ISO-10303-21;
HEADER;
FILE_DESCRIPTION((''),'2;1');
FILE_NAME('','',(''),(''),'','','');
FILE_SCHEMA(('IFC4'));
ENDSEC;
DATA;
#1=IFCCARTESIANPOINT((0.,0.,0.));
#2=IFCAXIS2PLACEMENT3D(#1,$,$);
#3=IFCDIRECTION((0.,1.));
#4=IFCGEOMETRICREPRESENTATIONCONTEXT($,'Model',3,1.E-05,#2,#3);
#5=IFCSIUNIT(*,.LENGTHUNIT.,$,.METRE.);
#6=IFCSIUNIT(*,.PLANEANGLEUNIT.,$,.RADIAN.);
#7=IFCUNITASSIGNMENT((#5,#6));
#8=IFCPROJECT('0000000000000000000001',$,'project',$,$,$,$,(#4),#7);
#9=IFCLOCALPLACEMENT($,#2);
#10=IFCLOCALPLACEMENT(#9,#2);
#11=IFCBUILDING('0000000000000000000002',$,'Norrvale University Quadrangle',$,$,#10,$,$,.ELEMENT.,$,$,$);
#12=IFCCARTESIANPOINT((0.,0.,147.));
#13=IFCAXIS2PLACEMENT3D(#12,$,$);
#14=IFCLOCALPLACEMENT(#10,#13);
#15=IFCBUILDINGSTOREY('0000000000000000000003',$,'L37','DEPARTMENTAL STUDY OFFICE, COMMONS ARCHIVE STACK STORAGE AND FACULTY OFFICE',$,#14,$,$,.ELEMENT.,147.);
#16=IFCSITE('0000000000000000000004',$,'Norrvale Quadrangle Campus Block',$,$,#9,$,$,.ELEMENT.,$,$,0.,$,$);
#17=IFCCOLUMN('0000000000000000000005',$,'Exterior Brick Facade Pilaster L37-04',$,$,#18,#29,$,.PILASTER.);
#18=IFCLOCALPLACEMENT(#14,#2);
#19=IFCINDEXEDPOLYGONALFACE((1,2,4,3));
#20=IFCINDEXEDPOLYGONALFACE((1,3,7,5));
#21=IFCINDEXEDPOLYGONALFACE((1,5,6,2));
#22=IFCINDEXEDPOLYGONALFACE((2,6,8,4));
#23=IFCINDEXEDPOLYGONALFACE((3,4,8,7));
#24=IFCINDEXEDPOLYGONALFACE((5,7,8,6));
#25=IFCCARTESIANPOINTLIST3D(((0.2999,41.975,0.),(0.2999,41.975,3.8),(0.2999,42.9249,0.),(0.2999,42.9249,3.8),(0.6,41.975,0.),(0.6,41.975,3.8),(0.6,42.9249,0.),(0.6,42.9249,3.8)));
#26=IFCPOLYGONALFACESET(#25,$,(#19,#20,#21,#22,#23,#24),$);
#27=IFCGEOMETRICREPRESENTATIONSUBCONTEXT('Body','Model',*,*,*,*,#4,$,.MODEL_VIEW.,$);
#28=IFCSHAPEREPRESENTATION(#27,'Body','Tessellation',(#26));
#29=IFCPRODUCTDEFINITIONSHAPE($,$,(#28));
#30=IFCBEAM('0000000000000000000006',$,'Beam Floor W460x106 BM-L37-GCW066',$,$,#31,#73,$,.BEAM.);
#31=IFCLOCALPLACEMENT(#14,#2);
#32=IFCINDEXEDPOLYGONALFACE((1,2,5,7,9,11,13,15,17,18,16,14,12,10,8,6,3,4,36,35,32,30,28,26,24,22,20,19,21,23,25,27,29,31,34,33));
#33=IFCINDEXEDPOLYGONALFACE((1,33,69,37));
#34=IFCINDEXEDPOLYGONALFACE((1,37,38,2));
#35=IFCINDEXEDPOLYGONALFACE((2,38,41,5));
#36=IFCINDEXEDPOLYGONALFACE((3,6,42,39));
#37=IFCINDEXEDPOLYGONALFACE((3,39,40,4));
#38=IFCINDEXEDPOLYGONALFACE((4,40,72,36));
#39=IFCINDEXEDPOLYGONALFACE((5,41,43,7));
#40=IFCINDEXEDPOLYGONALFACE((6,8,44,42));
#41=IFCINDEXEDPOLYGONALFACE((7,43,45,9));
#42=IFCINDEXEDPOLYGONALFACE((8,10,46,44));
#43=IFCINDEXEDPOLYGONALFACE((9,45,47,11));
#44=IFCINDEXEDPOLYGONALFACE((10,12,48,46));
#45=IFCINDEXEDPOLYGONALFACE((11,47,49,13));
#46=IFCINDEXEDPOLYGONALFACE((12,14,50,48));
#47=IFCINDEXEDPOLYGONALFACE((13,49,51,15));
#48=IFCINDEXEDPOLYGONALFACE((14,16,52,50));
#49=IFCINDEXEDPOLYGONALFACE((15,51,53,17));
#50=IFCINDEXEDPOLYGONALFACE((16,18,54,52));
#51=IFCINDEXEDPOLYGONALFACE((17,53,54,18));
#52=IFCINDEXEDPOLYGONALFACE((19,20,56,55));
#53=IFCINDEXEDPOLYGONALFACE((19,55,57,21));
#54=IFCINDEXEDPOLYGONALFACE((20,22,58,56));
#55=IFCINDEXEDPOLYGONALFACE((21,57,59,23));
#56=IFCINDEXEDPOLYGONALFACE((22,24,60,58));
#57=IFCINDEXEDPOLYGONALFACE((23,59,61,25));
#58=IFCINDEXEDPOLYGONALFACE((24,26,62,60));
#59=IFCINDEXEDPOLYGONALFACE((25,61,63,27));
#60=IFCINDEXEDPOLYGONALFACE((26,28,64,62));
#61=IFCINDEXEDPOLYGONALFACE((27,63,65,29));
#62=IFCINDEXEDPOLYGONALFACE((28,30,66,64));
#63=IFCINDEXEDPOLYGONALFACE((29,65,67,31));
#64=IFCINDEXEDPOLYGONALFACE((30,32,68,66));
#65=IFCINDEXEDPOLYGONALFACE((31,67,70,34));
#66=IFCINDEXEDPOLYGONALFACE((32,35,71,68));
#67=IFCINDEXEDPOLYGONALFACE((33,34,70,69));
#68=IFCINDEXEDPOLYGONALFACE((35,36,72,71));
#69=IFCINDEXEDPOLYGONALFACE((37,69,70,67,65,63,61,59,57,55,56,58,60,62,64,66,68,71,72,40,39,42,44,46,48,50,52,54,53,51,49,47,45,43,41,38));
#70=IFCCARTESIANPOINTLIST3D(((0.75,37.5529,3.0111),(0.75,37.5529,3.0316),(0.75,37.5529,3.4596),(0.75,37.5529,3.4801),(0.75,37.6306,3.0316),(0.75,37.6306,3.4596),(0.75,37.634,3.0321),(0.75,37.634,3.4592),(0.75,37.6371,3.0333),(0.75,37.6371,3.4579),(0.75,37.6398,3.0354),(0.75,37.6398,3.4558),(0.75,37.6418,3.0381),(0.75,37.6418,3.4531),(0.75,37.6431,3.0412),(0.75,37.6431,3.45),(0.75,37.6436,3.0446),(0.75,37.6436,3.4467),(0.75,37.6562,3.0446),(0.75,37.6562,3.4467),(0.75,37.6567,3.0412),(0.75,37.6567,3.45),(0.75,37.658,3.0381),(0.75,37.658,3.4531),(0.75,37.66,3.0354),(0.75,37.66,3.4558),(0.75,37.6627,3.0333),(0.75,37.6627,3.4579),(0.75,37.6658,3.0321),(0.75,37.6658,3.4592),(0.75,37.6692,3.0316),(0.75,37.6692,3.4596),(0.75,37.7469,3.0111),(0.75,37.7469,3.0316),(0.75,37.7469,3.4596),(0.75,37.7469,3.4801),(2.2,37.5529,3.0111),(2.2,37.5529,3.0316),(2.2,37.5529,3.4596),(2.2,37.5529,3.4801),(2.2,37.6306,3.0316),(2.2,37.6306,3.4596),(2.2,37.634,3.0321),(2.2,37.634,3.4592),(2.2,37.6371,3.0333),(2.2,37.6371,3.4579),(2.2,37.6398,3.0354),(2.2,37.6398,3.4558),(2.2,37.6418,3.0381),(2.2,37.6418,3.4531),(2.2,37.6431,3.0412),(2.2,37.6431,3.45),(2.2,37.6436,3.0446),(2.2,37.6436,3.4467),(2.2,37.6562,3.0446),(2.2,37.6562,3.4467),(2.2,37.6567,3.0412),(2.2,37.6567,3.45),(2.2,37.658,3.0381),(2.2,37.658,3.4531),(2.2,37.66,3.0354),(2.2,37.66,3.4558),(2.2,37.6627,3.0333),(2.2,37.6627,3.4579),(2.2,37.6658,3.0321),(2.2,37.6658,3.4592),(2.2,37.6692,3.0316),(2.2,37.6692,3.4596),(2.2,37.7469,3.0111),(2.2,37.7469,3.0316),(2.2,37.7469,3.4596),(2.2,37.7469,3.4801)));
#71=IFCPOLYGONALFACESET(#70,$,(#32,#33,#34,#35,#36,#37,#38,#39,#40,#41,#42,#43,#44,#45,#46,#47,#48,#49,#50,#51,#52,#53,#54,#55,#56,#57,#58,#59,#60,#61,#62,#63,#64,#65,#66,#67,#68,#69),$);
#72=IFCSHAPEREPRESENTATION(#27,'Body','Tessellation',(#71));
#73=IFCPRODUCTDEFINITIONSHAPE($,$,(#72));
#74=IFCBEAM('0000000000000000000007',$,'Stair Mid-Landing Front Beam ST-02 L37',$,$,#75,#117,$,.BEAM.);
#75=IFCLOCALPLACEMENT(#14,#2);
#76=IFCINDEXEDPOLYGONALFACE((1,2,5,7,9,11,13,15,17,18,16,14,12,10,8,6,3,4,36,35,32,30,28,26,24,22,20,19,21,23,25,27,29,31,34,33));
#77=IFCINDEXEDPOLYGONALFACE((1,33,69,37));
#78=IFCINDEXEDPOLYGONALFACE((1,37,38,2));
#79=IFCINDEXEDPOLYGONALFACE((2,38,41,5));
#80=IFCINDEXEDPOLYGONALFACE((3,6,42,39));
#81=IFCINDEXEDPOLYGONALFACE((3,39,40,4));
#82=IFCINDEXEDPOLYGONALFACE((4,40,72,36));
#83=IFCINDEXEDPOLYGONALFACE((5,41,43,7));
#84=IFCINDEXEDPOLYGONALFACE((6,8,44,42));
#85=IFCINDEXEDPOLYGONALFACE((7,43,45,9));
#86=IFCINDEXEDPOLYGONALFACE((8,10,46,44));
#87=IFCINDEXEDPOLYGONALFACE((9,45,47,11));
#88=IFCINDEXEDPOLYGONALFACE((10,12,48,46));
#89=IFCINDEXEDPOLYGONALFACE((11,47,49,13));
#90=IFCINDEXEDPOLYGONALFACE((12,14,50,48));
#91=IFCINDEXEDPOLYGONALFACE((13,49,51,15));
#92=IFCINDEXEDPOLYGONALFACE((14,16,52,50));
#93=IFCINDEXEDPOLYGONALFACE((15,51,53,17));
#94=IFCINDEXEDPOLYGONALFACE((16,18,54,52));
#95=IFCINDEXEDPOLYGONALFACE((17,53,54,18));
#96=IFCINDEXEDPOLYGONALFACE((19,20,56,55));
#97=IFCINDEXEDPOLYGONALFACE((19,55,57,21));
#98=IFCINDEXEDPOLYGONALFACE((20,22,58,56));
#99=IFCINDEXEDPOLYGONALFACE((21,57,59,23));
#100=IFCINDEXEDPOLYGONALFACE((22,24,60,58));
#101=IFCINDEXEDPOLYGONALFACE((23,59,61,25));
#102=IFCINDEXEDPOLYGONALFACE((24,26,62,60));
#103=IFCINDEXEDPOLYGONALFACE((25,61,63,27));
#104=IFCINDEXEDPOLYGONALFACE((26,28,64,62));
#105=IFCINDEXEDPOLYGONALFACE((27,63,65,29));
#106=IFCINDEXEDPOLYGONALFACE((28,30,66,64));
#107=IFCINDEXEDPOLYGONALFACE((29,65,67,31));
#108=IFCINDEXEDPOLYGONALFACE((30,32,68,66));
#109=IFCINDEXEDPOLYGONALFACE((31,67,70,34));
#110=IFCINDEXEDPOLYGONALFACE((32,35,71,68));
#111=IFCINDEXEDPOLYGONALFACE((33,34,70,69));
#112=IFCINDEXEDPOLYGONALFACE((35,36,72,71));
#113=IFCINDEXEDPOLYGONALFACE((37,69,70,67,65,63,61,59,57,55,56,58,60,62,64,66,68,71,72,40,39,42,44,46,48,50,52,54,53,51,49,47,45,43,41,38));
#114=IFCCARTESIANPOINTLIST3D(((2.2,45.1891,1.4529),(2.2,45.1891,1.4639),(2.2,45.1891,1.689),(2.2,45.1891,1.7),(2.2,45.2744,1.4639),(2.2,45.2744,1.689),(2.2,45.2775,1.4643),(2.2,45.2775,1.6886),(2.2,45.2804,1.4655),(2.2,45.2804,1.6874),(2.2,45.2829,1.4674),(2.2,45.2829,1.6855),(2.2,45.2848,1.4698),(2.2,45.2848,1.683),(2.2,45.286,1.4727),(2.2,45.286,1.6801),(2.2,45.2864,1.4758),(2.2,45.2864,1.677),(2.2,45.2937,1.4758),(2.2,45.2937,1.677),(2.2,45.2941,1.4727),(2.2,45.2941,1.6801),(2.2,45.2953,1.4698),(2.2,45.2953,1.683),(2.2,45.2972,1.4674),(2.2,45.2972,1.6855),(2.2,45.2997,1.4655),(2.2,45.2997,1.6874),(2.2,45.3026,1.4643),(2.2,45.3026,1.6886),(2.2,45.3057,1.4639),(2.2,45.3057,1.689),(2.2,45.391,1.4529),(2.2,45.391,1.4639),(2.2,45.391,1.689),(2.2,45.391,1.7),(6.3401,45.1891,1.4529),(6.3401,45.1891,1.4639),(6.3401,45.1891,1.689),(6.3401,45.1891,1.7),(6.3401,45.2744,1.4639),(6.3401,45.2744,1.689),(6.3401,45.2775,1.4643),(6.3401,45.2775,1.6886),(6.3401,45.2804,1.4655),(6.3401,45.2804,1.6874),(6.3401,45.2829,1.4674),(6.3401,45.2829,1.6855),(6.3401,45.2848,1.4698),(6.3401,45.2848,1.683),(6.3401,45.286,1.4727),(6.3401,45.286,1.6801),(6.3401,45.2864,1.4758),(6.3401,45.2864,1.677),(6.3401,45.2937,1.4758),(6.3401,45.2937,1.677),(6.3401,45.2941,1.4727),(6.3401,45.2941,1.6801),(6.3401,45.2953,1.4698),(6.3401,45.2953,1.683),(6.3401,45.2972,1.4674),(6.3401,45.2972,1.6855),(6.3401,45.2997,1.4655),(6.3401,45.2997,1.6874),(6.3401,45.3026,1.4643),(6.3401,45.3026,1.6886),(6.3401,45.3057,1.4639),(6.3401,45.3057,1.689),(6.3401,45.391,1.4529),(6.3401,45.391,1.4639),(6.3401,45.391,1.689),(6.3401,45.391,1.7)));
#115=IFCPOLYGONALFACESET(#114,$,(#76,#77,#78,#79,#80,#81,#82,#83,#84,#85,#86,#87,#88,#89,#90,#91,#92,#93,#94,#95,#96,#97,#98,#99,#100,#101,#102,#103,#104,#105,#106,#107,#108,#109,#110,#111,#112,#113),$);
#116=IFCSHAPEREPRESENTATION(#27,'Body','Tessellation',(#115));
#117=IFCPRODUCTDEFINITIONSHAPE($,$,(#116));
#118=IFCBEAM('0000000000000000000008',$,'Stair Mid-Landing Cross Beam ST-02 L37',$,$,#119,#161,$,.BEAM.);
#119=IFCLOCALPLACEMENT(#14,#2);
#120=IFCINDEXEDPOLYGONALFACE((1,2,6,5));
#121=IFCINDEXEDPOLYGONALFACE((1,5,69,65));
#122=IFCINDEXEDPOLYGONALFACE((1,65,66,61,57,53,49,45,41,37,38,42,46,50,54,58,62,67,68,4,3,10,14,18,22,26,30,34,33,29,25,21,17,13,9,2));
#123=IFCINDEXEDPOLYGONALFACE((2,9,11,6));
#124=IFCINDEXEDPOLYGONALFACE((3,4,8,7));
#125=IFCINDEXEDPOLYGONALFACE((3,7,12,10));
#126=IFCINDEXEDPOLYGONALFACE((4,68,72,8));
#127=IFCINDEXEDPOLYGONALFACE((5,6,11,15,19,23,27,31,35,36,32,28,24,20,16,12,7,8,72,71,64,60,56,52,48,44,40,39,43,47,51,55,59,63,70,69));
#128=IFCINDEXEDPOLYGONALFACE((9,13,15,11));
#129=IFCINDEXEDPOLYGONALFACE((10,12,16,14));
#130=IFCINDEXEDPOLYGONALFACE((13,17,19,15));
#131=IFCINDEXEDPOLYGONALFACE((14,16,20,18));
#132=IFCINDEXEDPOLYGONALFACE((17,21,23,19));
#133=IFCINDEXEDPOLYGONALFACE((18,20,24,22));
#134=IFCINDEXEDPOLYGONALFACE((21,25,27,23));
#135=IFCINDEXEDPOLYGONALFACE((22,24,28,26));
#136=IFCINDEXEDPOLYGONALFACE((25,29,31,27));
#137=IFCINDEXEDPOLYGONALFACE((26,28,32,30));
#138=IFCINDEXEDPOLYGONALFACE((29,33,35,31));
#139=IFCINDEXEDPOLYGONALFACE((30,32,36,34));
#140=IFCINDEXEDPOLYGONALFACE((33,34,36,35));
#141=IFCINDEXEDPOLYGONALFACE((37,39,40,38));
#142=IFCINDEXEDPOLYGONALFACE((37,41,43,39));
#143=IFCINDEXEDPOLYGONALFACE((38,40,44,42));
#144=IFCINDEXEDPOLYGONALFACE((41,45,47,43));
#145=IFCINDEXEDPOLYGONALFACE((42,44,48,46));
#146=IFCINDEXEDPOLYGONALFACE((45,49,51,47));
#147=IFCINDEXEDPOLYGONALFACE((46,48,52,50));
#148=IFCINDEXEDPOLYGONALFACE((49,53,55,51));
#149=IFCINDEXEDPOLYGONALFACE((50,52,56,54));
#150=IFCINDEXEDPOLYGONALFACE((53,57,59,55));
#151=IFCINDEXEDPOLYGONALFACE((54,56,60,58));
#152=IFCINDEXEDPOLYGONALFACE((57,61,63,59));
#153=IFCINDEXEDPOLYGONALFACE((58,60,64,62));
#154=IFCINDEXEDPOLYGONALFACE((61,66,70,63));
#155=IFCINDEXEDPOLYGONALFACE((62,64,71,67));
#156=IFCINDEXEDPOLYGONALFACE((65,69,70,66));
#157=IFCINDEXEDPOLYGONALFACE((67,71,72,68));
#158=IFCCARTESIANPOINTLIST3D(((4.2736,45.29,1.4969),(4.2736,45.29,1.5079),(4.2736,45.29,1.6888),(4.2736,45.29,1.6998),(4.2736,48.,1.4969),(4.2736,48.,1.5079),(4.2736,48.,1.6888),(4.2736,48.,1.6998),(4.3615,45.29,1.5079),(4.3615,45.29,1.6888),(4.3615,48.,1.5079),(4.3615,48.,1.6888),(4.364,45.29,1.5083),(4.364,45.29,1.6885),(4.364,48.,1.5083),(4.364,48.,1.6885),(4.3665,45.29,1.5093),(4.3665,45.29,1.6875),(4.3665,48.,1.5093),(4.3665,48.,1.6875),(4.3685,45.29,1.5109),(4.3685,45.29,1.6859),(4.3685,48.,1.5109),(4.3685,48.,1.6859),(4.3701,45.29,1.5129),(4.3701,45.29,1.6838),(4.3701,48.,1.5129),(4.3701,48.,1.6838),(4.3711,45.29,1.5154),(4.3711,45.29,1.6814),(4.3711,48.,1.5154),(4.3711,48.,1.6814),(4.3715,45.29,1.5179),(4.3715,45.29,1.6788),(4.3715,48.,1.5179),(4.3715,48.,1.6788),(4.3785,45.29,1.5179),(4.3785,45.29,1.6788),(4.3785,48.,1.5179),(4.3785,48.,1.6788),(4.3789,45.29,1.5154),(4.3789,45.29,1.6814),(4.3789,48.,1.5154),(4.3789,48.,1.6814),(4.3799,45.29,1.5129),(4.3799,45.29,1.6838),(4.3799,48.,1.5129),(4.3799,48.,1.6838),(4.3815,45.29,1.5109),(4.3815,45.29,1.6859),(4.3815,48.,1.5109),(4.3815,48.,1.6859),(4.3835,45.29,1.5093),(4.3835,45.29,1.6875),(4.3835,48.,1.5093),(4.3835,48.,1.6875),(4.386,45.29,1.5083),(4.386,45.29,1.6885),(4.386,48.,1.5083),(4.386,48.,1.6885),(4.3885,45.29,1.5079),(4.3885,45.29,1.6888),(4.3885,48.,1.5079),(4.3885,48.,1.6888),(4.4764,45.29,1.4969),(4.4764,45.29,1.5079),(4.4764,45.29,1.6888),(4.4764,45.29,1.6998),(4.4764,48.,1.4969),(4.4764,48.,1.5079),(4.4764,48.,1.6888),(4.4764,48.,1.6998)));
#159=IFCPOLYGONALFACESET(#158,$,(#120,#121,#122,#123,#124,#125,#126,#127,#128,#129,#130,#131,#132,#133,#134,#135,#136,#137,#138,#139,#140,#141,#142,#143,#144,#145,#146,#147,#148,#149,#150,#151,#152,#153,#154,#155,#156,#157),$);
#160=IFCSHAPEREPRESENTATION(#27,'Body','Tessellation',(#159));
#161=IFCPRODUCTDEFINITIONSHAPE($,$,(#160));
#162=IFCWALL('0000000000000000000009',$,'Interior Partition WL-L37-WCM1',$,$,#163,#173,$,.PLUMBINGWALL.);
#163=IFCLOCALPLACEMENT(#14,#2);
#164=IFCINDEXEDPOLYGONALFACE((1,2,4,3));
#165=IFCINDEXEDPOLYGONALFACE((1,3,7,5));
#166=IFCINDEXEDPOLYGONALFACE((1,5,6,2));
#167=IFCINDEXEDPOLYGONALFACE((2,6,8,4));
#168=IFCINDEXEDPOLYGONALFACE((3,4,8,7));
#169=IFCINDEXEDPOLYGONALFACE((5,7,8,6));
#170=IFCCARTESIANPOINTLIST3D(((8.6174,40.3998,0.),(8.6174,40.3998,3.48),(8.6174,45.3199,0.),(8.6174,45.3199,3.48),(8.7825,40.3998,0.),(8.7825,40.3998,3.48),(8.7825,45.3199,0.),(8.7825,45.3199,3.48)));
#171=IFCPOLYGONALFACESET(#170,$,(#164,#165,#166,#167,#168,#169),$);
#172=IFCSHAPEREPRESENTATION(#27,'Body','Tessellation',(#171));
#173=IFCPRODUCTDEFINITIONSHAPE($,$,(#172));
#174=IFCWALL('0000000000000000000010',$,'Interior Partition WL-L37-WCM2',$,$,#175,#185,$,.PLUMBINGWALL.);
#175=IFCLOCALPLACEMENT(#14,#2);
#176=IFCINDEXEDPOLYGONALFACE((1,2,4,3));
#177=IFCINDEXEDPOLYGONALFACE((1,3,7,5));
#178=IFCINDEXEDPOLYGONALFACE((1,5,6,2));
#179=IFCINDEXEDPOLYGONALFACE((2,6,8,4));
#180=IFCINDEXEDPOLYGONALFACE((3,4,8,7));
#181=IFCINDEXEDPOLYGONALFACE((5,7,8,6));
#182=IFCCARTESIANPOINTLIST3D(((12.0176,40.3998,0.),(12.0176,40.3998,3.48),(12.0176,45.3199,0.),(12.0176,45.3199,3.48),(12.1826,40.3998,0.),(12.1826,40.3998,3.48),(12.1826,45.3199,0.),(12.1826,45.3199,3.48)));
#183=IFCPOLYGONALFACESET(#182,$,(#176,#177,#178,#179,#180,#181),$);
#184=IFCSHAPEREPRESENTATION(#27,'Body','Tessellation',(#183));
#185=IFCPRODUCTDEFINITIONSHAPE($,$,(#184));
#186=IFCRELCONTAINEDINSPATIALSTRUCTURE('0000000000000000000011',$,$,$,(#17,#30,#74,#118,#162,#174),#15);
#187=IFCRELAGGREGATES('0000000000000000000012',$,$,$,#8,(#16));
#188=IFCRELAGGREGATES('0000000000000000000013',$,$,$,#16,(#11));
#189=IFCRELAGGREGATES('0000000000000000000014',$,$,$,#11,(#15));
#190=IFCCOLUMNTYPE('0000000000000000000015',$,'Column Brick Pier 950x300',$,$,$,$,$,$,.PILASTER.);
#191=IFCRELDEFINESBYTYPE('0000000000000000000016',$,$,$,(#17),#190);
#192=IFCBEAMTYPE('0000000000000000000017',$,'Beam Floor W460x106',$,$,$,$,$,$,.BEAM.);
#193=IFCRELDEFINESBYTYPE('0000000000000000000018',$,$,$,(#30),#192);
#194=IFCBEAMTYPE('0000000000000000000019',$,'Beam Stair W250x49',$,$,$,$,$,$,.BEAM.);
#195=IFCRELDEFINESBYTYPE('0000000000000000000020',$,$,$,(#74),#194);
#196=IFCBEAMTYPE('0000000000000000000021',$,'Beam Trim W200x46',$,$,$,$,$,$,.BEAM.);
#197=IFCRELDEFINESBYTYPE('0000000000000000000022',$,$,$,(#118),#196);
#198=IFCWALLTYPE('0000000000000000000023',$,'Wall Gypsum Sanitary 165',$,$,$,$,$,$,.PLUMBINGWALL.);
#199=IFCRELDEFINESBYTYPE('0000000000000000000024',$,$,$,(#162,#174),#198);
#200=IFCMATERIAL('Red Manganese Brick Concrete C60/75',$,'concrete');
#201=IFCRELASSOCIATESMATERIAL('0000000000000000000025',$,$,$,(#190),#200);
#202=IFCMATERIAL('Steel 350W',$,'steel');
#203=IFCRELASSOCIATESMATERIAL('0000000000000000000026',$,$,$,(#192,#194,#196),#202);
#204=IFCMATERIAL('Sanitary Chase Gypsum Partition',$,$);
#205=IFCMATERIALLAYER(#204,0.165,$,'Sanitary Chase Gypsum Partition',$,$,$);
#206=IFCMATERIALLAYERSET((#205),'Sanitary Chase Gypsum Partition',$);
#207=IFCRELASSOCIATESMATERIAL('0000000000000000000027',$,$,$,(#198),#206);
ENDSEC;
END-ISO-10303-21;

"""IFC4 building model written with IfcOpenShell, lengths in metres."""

from ifc_helpers import new_model, si_unit, direction, frame, frame_2d, origin, origin_2d, place, context, subcontext, project, spatial, rectangle, i_section, extrude, material, layer, layer_set, material_profile, profile_set, type_object, element, save


model = new_model("IFC4")

# Units and contexts
model_context = context("Model", 3, precision=1e-05, world=origin(), true_north=direction((0.0, 1.0)))
body_context = subcontext(model_context, "Body", "Model", "MODEL_VIEW")
ifc_project = project(units=[si_unit("LENGTHUNIT", "METRE"), si_unit("PLANEANGLEUNIT", "RADIAN")], contexts=[model_context])

# Site, building, storey
site_placement = place(None, origin())
site = spatial("IfcSite", under=ifc_project, at=site_placement, Name="Norrvale Quadrangle Campus Block", CompositionType="ELEMENT", RefElevation=0.0)
building_placement = place(site_placement, origin())
building = spatial("IfcBuilding", under=site, at=building_placement, Name="Norrvale University Quadrangle", CompositionType="ELEMENT")
storey_placement = place(building_placement, frame((0.0, 0.0, 147.0)))
storey = spatial("IfcBuildingStorey", under=building, at=storey_placement, Name="L37", Description="DEPARTMENTAL STUDY OFFICE, COMMONS ARCHIVE STACK STORAGE AND FACULTY OFFICE", CompositionType="ELEMENT", Elevation=147.0)

# Column
ifc_material_1 = material(Name="Red Manganese Brick Concrete C60/75", Category="concrete")
ifc_material_profile_1 = material_profile(ifc_material_1, rectangle(XDim=0.95, YDim=0.3, at=origin_2d()), Name="Red Manganese Brick Concrete C60/75")
ifc_profile_set_1 = profile_set([ifc_material_profile_1], Name="Red Manganese Brick Concrete C60/75")
column_type = type_object("IfcColumnType", Name="Column Brick Pier 950x300", PredefinedType="PILASTER", material=ifc_profile_set_1)
column_placement = place(storey_placement, frame((0.45, 42.45, 0.0), z_axis=(0.0, 0.0, 1.0), x_axis=(0.0, 1.0, 0.0)))
element("IfcColumn", 1, at=column_placement, inside=storey, type_object=column_type, Name="Exterior Brick Facade Pilaster L37-04", PredefinedType="PILASTER", context=body_context, shape_type="SweptSolid", body=[
    extrude(rectangle(XDim=0.95, YDim=0.3, at=origin_2d()), origin(), (0.0, 0.0, 1.0), 3.8),
])

# Beams
ifc_material_2 = material(Name="Steel 350W", Category="steel")
ifc_material_profile_2 = material_profile(ifc_material_2, i_section(OverallWidth=0.1941, OverallDepth=0.469, WebThickness=0.0127, FlangeThickness=0.0205, FilletRadius=0.0129, at=origin_2d()), Name="Steel 350W")
ifc_profile_set_2 = profile_set([ifc_material_profile_2], Name="Steel 350W")
beam_type_1 = type_object("IfcBeamType", Name="Beam Floor W460x106", PredefinedType="BEAM", material=ifc_profile_set_2)
beam_1_placement = place(storey_placement, frame((0.75, 37.6499, 3.2456), z_axis=(1.0, 0.0, 0.0), x_axis=(0.0, 1.0, 0.0)))
element("IfcBeam", 2, at=beam_1_placement, inside=storey, type_object=beam_type_1, Name="Beam Floor W460x106 BM-L37-GCW066", PredefinedType="BEAM", context=body_context, shape_type="SweptSolid", body=[
    extrude(i_section(OverallWidth=0.1941, OverallDepth=0.469, WebThickness=0.0127, FlangeThickness=0.0205, FilletRadius=0.0129, at=origin_2d()), origin(), (0.0, 0.0, 1.0), 1.45),
])
ifc_material_profile_3 = material_profile(ifc_material_2, i_section(OverallWidth=0.2019, OverallDepth=0.2471, WebThickness=0.0073, FlangeThickness=0.011, FilletRadius=0.012, at=origin_2d()), Name="Steel 350W")
ifc_profile_set_3 = profile_set([ifc_material_profile_3], Name="Steel 350W")
beam_type_2 = type_object("IfcBeamType", Name="Beam Stair W250x49", PredefinedType="BEAM", material=ifc_profile_set_3)
beam_2_placement = place(storey_placement, frame((2.2, 45.29, 1.5764), z_axis=(1.0, 0.0, 0.0), x_axis=(0.0, 1.0, 0.0)))
element("IfcBeam", 3, at=beam_2_placement, inside=storey, type_object=beam_type_2, Name="Stair Mid-Landing Front Beam ST-02 L37", PredefinedType="BEAM", context=body_context, shape_type="SweptSolid", body=[
    extrude(i_section(OverallWidth=0.2019, OverallDepth=0.2471, WebThickness=0.0073, FlangeThickness=0.011, FilletRadius=0.012, at=origin_2d()), origin(), (0.0, 0.0, 1.0), 4.1401),
])
ifc_material_profile_4 = material_profile(ifc_material_2, i_section(OverallWidth=0.2029, OverallDepth=0.2029, WebThickness=0.0071, FlangeThickness=0.011, FilletRadius=0.01, at=origin_2d()), Name="Steel 350W")
ifc_profile_set_4 = profile_set([ifc_material_profile_4], Name="Steel 350W")
beam_type_3 = type_object("IfcBeamType", Name="Beam Trim W200x46", PredefinedType="BEAM", material=ifc_profile_set_4)
beam_3_placement = place(storey_placement, frame((4.375, 45.29, 1.5984), z_axis=(0.0, 1.0, 0.0), x_axis=(-1.0, 0.0, 0.0)))
element("IfcBeam", 4, at=beam_3_placement, inside=storey, type_object=beam_type_3, Name="Stair Mid-Landing Cross Beam ST-02 L37", PredefinedType="BEAM", context=body_context, shape_type="SweptSolid", body=[
    extrude(i_section(OverallWidth=0.2029, OverallDepth=0.2029, WebThickness=0.0071, FlangeThickness=0.011, FilletRadius=0.01, at=origin_2d()), origin(), (0.0, 0.0, 1.0), 2.71),
])

# Walls
ifc_material_3 = material(Name="Sanitary Chase Gypsum Partition")
ifc_layer_1 = layer(ifc_material_3, 0.165, Name="Sanitary Chase Gypsum Partition")
ifc_layer_set_1 = layer_set([ifc_layer_1], Name="Sanitary Chase Gypsum Partition")
wall_type_1 = type_object("IfcWallType", Name="Wall Gypsum Sanitary 165", PredefinedType="PLUMBINGWALL", material=ifc_layer_set_1)
for number, where, z_axis, x_axis, name in (
    (5, (8.7, 40.3999, 0.0), (0.0, 0.0, 1.0), (0.0, 1.0, 0.0), "Interior Partition WL-L37-WCM1"),
    (6, (12.1001, 40.3999, 0.0), (0.0, 0.0, 1.0), (0.0, 1.0, 0.0), "Interior Partition WL-L37-WCM2"),
):
    element("IfcWall", number, at=place(storey_placement, frame(where, z_axis=z_axis, x_axis=x_axis)), inside=storey, type_object=wall_type_1, Name=name, PredefinedType="PLUMBINGWALL", context=body_context, shape_type="SweptSolid", body=[
        extrude(rectangle(XDim=4.9202, YDim=0.165, at=frame_2d((2.46, 0.0))), origin(), (0.0, 0.0, 1.0), 3.48),
    ])

save(model, "model.ifc")
